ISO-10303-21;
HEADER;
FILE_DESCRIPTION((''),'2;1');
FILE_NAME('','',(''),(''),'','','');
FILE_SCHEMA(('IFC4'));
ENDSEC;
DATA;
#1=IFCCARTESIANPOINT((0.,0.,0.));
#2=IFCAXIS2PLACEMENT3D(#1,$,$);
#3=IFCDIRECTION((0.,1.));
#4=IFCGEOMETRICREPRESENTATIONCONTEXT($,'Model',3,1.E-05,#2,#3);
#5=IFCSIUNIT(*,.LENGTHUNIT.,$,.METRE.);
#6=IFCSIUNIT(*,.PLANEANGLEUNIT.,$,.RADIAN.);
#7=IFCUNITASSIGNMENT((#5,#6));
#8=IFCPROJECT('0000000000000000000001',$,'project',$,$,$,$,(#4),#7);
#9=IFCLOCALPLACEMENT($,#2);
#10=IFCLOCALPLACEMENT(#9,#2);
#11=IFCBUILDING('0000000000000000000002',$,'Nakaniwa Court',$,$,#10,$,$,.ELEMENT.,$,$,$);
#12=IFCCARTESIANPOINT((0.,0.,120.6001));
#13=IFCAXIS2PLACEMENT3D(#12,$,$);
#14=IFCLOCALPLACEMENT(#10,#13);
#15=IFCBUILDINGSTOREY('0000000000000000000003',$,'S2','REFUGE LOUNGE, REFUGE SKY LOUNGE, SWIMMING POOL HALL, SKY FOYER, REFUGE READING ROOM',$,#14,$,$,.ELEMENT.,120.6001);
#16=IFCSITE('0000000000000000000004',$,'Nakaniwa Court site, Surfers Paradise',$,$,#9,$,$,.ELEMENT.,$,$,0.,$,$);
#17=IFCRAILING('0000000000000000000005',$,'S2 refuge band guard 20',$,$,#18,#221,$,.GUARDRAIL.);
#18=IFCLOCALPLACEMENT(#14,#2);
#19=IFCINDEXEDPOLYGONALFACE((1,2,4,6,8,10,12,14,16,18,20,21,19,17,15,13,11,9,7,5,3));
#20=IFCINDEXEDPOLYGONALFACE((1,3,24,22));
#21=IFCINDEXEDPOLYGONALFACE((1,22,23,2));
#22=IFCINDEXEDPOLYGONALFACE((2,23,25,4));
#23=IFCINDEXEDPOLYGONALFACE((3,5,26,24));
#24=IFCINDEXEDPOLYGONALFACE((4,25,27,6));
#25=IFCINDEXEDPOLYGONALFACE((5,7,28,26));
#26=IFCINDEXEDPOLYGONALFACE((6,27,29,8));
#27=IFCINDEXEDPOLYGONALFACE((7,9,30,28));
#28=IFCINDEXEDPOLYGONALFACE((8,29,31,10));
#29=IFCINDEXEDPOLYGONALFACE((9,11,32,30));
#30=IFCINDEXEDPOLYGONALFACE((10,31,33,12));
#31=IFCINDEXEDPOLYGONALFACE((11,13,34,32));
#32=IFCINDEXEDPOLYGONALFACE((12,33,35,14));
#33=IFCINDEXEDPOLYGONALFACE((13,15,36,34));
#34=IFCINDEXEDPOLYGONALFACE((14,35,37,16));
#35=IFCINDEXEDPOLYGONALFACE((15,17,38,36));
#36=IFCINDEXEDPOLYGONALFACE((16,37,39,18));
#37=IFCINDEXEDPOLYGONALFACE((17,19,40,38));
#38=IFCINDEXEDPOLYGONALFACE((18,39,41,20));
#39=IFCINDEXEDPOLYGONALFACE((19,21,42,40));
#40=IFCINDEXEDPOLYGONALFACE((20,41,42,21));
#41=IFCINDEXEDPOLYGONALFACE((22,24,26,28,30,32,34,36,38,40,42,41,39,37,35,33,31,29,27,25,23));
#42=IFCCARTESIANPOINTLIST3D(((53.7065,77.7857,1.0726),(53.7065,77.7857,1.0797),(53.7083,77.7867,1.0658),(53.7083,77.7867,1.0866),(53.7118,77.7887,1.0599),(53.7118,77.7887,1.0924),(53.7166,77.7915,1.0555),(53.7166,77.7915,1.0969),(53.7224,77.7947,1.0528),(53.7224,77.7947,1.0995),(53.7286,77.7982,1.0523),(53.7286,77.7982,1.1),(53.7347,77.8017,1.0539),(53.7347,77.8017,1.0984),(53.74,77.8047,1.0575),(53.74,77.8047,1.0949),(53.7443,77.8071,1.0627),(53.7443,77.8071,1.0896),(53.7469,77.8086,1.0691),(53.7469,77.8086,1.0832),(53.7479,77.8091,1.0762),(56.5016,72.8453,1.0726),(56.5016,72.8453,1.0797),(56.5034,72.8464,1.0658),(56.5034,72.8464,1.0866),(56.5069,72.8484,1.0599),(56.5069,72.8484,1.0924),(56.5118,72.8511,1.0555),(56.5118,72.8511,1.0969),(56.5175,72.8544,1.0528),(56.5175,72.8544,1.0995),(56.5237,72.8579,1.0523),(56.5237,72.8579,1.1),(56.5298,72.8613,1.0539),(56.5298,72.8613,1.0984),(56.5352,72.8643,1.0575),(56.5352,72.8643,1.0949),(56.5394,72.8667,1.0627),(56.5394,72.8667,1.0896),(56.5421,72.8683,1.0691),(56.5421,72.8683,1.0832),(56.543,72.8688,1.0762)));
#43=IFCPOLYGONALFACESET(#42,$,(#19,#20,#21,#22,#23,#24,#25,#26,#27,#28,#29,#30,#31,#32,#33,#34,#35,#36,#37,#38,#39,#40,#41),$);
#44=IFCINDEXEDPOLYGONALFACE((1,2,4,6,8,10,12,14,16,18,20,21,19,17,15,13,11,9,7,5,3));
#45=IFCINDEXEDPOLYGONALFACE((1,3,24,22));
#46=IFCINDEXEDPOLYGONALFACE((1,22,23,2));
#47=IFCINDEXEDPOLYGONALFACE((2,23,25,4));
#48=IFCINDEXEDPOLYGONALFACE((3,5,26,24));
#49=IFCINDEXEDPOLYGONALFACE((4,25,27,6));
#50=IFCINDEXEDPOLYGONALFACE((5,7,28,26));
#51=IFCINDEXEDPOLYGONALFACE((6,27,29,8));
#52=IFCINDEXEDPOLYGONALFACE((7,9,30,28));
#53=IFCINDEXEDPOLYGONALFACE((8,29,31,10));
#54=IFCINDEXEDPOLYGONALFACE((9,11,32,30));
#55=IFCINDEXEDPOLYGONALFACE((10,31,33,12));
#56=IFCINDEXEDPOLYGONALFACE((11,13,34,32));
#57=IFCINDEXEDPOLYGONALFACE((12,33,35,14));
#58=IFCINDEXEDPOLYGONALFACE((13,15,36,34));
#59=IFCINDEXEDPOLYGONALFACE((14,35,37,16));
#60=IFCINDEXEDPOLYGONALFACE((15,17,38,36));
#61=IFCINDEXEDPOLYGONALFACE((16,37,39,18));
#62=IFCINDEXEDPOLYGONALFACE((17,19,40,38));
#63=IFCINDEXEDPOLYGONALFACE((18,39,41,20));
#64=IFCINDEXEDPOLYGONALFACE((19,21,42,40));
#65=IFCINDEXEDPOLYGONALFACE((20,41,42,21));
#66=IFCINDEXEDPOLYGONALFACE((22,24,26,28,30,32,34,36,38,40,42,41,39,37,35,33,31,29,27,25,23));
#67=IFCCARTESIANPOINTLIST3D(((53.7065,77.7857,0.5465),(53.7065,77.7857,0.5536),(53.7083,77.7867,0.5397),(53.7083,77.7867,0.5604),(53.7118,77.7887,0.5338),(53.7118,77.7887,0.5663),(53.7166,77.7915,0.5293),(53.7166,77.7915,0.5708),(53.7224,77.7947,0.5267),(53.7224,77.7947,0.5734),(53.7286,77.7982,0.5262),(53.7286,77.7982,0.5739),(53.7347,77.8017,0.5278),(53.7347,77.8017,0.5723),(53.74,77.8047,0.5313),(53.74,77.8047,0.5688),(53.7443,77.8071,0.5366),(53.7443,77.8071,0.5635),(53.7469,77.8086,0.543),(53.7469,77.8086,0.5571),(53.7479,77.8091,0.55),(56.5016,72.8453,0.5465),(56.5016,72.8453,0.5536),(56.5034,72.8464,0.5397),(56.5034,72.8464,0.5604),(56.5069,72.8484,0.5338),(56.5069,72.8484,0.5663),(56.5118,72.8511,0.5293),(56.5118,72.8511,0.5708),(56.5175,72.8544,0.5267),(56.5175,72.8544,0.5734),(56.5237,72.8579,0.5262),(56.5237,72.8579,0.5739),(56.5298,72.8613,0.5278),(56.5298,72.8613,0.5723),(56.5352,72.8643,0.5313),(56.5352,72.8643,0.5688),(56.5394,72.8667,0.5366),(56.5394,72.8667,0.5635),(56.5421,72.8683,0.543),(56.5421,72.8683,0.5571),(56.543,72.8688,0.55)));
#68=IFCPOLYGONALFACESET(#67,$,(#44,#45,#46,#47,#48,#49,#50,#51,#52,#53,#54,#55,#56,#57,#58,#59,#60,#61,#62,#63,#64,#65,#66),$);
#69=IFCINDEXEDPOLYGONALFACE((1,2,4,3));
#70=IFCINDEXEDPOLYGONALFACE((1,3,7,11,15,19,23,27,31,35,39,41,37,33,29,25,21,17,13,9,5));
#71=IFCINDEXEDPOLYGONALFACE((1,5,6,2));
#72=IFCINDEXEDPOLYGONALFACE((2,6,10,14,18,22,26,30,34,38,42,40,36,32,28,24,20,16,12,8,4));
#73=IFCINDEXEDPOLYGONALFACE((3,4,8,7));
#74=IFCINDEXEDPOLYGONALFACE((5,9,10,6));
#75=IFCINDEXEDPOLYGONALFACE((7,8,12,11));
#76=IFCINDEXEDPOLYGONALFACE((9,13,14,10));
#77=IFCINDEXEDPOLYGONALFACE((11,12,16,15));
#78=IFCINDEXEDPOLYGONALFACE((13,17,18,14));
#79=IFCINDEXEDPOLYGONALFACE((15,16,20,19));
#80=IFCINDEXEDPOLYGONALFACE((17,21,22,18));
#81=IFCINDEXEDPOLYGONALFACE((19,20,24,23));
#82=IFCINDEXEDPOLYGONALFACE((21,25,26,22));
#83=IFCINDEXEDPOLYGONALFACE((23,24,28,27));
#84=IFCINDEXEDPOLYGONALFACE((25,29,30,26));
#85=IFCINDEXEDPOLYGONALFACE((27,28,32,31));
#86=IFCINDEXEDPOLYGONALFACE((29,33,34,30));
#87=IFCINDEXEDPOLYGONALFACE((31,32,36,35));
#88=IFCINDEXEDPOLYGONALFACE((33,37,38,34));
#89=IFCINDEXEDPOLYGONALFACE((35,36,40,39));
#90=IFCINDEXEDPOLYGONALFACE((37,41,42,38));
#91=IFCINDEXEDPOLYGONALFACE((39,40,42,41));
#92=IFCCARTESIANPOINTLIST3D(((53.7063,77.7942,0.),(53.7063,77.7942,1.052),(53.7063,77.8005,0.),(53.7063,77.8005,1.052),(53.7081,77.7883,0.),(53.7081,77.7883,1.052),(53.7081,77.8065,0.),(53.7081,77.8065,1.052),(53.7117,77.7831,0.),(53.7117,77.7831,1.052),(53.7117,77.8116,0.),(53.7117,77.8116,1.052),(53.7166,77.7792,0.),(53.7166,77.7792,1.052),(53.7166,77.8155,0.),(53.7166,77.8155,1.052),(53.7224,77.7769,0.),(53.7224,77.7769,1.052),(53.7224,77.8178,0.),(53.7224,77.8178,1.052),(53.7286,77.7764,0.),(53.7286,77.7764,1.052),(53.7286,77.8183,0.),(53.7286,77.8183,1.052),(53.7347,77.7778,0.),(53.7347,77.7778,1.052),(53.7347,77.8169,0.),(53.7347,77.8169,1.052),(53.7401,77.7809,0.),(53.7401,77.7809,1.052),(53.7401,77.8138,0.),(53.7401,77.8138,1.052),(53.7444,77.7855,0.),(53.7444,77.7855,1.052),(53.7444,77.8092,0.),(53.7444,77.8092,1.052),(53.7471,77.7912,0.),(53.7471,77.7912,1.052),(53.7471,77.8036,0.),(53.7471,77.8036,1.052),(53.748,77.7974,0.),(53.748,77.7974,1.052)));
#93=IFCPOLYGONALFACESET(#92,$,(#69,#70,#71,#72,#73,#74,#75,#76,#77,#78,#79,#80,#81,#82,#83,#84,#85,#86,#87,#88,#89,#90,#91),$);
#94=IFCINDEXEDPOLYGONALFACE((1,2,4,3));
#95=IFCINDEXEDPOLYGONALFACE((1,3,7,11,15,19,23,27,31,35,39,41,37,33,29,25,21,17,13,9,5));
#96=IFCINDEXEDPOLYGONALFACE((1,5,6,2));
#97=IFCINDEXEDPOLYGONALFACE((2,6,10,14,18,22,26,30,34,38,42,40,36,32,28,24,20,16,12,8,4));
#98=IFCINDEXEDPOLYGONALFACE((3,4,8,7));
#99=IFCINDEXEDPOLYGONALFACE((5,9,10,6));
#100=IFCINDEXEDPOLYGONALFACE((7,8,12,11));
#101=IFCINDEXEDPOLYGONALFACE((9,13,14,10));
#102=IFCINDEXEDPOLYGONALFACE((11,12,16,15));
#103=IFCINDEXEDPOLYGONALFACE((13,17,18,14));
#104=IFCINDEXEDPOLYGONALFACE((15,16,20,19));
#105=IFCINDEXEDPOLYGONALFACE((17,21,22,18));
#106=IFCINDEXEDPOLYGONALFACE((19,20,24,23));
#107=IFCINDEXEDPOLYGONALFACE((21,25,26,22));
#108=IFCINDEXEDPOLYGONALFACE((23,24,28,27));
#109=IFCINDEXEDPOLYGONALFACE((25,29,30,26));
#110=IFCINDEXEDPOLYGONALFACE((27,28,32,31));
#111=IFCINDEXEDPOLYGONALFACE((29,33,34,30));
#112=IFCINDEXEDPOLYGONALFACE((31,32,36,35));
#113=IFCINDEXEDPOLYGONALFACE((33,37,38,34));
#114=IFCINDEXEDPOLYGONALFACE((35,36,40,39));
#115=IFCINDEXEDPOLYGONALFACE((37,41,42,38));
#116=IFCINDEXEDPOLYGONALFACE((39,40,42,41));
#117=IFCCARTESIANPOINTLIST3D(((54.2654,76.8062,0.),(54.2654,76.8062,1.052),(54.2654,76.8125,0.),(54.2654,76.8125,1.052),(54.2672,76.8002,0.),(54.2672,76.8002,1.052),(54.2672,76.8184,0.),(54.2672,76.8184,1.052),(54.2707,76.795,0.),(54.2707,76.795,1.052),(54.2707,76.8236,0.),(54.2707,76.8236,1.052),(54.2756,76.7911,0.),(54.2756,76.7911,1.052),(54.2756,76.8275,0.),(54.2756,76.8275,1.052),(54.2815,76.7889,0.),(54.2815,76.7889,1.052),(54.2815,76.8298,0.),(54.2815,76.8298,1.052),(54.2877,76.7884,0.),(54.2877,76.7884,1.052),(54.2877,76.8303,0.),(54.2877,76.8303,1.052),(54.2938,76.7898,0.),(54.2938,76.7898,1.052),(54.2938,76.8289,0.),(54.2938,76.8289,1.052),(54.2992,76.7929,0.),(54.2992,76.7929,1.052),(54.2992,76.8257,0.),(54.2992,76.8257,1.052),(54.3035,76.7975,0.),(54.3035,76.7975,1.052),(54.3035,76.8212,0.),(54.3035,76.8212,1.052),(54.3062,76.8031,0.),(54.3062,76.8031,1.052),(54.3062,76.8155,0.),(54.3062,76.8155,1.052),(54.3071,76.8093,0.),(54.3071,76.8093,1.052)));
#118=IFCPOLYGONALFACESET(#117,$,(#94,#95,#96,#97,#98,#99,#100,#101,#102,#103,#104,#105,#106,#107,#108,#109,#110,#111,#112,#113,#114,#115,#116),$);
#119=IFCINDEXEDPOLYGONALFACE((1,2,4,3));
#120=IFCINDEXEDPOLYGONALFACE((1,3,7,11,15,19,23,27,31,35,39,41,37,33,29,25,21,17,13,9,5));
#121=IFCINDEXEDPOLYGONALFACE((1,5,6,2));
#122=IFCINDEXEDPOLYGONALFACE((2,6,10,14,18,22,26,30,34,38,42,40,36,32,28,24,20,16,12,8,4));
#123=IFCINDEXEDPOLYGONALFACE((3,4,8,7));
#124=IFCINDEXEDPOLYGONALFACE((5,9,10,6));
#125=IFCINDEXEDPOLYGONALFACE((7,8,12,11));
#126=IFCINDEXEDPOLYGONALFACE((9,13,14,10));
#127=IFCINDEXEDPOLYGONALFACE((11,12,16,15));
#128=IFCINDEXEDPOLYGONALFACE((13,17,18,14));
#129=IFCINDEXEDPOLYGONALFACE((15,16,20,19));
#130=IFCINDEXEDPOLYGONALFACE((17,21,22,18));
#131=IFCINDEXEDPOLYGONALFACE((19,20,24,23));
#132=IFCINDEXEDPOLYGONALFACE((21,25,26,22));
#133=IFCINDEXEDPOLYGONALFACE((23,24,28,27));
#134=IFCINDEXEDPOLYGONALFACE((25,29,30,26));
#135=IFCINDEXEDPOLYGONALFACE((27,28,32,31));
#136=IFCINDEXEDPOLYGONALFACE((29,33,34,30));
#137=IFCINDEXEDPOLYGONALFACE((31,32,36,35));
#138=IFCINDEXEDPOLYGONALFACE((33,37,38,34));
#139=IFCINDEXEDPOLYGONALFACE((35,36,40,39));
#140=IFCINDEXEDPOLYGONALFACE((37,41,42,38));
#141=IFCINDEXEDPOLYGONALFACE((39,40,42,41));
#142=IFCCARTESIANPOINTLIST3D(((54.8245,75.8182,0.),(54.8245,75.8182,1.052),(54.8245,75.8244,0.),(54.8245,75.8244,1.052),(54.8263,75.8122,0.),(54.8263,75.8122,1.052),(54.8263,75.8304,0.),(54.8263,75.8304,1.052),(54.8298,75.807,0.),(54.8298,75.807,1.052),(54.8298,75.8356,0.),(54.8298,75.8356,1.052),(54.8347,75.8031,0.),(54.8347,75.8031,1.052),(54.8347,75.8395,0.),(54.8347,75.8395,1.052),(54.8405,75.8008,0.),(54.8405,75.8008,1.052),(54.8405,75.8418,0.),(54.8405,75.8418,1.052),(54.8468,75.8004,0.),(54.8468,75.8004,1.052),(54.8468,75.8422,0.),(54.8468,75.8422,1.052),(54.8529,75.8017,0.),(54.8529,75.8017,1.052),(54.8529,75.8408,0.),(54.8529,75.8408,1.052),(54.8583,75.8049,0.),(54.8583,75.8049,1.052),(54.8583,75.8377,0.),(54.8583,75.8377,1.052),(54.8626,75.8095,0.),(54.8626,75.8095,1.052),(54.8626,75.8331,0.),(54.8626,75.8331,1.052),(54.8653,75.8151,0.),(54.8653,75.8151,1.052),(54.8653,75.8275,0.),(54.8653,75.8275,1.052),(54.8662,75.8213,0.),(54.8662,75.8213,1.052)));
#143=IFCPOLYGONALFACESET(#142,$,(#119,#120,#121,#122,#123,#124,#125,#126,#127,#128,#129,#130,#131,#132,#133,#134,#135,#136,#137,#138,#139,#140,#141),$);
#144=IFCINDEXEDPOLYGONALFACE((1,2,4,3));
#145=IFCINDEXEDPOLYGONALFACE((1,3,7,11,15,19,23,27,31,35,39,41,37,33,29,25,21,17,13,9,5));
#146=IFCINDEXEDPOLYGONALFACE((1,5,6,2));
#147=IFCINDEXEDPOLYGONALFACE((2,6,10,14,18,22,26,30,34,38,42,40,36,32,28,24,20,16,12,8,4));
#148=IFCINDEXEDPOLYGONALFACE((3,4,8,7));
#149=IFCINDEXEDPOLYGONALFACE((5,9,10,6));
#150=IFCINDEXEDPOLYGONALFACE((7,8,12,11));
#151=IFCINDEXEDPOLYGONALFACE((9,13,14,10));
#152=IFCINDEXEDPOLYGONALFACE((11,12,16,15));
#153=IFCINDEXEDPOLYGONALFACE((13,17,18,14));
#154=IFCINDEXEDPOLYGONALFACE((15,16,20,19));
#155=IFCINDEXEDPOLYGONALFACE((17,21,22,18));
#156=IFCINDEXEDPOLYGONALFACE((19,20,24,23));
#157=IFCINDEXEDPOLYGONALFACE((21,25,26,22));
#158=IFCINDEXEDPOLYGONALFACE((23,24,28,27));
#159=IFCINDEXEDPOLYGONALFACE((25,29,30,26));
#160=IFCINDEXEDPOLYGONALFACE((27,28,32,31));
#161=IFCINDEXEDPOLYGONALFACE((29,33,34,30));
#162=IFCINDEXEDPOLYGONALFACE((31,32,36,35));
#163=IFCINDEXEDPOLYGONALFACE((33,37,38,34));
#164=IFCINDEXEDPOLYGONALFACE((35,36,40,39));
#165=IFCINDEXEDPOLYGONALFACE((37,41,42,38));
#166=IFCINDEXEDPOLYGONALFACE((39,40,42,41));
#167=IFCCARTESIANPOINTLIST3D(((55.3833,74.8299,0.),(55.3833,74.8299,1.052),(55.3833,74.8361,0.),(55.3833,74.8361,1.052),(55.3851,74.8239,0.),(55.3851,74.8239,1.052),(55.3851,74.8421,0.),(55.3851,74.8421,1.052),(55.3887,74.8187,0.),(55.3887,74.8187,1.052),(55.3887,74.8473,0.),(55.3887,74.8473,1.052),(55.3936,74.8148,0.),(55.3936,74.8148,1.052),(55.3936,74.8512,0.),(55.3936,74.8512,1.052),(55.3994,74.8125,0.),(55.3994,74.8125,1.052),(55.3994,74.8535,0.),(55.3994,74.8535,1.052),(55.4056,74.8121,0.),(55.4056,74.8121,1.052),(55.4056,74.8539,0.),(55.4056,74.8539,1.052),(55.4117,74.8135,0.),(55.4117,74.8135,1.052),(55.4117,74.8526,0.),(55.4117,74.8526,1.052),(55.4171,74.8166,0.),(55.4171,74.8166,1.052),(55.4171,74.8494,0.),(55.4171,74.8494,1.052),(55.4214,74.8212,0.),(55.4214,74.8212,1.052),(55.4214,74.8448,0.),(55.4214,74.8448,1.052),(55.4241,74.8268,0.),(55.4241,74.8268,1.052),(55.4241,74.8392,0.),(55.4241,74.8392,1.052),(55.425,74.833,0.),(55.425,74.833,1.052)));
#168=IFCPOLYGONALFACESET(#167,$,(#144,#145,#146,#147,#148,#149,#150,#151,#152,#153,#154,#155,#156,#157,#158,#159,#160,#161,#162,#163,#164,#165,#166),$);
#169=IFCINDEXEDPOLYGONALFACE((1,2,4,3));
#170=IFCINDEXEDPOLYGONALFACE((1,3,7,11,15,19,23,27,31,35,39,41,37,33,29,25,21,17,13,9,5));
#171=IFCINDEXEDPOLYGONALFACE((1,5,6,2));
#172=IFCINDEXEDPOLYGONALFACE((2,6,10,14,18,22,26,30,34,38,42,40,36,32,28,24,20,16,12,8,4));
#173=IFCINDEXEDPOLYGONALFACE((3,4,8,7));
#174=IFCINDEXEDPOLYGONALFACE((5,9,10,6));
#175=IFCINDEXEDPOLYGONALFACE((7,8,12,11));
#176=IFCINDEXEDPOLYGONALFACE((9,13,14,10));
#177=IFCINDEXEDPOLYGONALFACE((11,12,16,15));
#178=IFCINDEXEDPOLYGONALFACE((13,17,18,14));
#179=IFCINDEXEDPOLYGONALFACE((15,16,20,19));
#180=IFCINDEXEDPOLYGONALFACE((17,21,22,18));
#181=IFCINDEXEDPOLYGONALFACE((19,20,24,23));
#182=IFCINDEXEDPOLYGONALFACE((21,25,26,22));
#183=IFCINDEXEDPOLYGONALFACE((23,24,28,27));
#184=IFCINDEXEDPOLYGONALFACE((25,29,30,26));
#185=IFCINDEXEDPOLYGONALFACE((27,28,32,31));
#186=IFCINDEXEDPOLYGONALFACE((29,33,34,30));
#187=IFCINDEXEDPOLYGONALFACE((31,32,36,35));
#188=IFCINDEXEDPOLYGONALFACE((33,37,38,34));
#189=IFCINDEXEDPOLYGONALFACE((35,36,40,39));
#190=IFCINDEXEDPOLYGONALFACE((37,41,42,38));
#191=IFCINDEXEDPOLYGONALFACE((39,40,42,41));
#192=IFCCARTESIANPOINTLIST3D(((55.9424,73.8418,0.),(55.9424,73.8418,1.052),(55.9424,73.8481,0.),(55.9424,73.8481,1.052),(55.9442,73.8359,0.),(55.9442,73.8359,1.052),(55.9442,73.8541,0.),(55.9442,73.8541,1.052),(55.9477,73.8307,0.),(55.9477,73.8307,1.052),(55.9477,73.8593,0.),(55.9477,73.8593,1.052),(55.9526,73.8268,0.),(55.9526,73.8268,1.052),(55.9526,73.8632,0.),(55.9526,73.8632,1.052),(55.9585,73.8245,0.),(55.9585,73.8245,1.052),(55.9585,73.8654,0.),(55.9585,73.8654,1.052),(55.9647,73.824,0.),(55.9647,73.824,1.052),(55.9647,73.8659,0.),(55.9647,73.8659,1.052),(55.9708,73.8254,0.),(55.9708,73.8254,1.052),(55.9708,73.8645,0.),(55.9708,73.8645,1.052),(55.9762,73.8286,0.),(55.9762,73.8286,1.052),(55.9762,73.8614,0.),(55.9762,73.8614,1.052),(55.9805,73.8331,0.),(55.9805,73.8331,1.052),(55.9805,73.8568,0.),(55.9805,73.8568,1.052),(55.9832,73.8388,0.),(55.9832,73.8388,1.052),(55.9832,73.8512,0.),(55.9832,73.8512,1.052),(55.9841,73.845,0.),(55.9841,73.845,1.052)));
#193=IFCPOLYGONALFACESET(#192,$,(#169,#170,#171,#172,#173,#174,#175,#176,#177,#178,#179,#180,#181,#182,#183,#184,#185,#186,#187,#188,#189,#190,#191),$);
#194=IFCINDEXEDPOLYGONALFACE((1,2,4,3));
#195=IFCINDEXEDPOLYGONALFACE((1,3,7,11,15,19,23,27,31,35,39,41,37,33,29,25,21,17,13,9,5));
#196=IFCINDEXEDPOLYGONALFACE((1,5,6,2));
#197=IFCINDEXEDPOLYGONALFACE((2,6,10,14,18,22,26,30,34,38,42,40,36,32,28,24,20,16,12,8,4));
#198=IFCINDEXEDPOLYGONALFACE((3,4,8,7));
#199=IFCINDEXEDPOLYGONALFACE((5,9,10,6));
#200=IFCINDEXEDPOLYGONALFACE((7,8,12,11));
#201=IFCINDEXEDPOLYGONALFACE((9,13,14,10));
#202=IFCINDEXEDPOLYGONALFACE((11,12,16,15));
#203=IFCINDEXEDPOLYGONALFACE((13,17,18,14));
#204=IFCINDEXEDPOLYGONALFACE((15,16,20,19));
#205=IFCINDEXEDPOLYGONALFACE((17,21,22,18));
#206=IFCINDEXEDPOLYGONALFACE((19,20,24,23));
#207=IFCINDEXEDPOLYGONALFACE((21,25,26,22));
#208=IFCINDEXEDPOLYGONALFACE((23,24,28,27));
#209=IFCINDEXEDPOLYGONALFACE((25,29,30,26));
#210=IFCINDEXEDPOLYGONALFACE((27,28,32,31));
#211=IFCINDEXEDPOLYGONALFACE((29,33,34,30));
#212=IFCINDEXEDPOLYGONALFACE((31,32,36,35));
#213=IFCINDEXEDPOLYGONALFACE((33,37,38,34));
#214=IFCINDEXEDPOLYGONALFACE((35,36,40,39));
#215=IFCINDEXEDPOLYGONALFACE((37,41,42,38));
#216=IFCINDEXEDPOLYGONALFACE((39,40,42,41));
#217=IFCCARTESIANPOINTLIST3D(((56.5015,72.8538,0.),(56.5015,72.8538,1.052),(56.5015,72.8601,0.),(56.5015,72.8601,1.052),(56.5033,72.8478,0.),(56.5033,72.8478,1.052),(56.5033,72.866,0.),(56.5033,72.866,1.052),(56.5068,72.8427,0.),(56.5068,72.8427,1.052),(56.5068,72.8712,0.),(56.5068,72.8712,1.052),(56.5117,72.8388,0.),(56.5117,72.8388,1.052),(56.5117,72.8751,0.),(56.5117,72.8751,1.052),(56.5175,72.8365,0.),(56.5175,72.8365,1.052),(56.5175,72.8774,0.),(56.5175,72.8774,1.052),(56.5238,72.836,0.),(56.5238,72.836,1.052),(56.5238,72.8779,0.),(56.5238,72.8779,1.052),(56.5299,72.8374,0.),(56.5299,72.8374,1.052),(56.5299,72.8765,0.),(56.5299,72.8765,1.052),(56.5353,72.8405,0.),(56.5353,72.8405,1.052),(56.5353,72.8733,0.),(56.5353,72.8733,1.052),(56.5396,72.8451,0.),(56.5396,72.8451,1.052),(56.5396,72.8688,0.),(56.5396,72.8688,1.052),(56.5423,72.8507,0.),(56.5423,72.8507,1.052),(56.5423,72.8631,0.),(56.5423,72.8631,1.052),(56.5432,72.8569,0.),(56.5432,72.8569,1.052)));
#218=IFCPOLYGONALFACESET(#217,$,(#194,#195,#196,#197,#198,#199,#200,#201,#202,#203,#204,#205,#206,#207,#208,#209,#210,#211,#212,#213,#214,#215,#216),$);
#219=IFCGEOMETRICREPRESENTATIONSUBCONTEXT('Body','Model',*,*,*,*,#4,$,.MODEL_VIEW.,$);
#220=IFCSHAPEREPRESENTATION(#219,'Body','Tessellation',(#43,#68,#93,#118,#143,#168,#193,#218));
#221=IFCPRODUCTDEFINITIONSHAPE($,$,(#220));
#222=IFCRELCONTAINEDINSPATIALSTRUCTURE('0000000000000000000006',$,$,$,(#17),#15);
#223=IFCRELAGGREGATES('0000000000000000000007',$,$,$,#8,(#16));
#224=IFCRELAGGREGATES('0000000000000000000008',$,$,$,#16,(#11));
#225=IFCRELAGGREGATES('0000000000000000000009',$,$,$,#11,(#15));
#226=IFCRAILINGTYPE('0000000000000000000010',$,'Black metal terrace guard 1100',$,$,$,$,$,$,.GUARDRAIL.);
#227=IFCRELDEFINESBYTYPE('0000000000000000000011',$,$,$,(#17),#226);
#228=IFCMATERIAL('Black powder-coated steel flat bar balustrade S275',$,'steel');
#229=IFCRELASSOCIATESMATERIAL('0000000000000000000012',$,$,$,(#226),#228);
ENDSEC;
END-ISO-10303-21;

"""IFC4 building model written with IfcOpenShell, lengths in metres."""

from ifc_helpers import new_model, si_unit, direction, frame, origin, origin_2d, place, context, subcontext, project, spatial, circle, extrude, material, type_object, element, save


model = new_model("IFC4")

# Units and contexts
model_context = context("Model", 3, precision=1e-05, world=origin(), true_north=direction((0.0, 1.0)))
body_context = subcontext(model_context, "Body", "Model", "MODEL_VIEW")
ifc_project = project(units=[si_unit("LENGTHUNIT", "METRE"), si_unit("PLANEANGLEUNIT", "RADIAN")], contexts=[model_context])

# Site, building, storey
site_placement = place(None, origin())
site = spatial("IfcSite", under=ifc_project, at=site_placement, Name="Nakaniwa Court site, Surfers Paradise", CompositionType="ELEMENT", RefElevation=0.0)
building_placement = place(site_placement, origin())
building = spatial("IfcBuilding", under=site, at=building_placement, Name="Nakaniwa Court", CompositionType="ELEMENT")
storey_placement = place(building_placement, frame((0.0, 0.0, 120.6001)))
storey = spatial("IfcBuildingStorey", under=building, at=storey_placement, Name="S2", Description="REFUGE LOUNGE, REFUGE SKY LOUNGE, SWIMMING POOL HALL, SKY FOYER, REFUGE READING ROOM", CompositionType="ELEMENT", Elevation=120.6001)

# Railing
ifc_material_1 = material(Name="Black powder-coated steel flat bar balustrade S275", Category="steel")
railing_type = type_object("IfcRailingType", Name="Black metal terrace guard 1100", PredefinedType="GUARDRAIL", material=ifc_material_1)
railing_placement = place(storey_placement, frame((53.7271, 77.7974, 0.0)))
element("IfcRailing", 1, at=railing_placement, inside=storey, type_object=railing_type, Name="S2 refuge band guard 20", PredefinedType="GUARDRAIL", context=body_context, shape_type="SweptSolid", body=[
    extrude(circle(Radius=0.0239, at=origin_2d()), frame((0.0, 0.0, 1.0762), z_axis=(0.492424, -0.870355, 0.0), x_axis=(0.870355, 0.492424, 0.0)), (0.0, 0.0, 1.0), 5.6763),
    extrude(circle(Radius=0.0239, at=origin_2d()), frame((0.0, 0.0, 0.55), z_axis=(0.492424, -0.870355, 0.0), x_axis=(0.870355, 0.492424, 0.0)), (0.0, 0.0, 1.0), 5.6763),
    extrude(circle(Radius=0.021, at=origin_2d()), origin(), (0.0, 0.0, 1.0), 1.052),
    extrude(circle(Radius=0.021, at=origin_2d()), frame((0.5591, -0.988, 0.0)), (0.0, 0.0, 1.0), 1.052),
    extrude(circle(Radius=0.021, at=origin_2d()), frame((1.1182, -1.9761, 0.0)), (0.0, 0.0, 1.0), 1.052),
    extrude(circle(Radius=0.021, at=origin_2d()), frame((1.677, -2.9644, 0.0)), (0.0, 0.0, 1.0), 1.052),
    extrude(circle(Radius=0.021, at=origin_2d()), frame((2.2361, -3.9524, 0.0)), (0.0, 0.0, 1.0), 1.052),
    extrude(circle(Radius=0.021, at=origin_2d()), frame((2.7952, -4.9404, 0.0)), (0.0, 0.0, 1.0), 1.052),
])

save(model, "model.ifc")
